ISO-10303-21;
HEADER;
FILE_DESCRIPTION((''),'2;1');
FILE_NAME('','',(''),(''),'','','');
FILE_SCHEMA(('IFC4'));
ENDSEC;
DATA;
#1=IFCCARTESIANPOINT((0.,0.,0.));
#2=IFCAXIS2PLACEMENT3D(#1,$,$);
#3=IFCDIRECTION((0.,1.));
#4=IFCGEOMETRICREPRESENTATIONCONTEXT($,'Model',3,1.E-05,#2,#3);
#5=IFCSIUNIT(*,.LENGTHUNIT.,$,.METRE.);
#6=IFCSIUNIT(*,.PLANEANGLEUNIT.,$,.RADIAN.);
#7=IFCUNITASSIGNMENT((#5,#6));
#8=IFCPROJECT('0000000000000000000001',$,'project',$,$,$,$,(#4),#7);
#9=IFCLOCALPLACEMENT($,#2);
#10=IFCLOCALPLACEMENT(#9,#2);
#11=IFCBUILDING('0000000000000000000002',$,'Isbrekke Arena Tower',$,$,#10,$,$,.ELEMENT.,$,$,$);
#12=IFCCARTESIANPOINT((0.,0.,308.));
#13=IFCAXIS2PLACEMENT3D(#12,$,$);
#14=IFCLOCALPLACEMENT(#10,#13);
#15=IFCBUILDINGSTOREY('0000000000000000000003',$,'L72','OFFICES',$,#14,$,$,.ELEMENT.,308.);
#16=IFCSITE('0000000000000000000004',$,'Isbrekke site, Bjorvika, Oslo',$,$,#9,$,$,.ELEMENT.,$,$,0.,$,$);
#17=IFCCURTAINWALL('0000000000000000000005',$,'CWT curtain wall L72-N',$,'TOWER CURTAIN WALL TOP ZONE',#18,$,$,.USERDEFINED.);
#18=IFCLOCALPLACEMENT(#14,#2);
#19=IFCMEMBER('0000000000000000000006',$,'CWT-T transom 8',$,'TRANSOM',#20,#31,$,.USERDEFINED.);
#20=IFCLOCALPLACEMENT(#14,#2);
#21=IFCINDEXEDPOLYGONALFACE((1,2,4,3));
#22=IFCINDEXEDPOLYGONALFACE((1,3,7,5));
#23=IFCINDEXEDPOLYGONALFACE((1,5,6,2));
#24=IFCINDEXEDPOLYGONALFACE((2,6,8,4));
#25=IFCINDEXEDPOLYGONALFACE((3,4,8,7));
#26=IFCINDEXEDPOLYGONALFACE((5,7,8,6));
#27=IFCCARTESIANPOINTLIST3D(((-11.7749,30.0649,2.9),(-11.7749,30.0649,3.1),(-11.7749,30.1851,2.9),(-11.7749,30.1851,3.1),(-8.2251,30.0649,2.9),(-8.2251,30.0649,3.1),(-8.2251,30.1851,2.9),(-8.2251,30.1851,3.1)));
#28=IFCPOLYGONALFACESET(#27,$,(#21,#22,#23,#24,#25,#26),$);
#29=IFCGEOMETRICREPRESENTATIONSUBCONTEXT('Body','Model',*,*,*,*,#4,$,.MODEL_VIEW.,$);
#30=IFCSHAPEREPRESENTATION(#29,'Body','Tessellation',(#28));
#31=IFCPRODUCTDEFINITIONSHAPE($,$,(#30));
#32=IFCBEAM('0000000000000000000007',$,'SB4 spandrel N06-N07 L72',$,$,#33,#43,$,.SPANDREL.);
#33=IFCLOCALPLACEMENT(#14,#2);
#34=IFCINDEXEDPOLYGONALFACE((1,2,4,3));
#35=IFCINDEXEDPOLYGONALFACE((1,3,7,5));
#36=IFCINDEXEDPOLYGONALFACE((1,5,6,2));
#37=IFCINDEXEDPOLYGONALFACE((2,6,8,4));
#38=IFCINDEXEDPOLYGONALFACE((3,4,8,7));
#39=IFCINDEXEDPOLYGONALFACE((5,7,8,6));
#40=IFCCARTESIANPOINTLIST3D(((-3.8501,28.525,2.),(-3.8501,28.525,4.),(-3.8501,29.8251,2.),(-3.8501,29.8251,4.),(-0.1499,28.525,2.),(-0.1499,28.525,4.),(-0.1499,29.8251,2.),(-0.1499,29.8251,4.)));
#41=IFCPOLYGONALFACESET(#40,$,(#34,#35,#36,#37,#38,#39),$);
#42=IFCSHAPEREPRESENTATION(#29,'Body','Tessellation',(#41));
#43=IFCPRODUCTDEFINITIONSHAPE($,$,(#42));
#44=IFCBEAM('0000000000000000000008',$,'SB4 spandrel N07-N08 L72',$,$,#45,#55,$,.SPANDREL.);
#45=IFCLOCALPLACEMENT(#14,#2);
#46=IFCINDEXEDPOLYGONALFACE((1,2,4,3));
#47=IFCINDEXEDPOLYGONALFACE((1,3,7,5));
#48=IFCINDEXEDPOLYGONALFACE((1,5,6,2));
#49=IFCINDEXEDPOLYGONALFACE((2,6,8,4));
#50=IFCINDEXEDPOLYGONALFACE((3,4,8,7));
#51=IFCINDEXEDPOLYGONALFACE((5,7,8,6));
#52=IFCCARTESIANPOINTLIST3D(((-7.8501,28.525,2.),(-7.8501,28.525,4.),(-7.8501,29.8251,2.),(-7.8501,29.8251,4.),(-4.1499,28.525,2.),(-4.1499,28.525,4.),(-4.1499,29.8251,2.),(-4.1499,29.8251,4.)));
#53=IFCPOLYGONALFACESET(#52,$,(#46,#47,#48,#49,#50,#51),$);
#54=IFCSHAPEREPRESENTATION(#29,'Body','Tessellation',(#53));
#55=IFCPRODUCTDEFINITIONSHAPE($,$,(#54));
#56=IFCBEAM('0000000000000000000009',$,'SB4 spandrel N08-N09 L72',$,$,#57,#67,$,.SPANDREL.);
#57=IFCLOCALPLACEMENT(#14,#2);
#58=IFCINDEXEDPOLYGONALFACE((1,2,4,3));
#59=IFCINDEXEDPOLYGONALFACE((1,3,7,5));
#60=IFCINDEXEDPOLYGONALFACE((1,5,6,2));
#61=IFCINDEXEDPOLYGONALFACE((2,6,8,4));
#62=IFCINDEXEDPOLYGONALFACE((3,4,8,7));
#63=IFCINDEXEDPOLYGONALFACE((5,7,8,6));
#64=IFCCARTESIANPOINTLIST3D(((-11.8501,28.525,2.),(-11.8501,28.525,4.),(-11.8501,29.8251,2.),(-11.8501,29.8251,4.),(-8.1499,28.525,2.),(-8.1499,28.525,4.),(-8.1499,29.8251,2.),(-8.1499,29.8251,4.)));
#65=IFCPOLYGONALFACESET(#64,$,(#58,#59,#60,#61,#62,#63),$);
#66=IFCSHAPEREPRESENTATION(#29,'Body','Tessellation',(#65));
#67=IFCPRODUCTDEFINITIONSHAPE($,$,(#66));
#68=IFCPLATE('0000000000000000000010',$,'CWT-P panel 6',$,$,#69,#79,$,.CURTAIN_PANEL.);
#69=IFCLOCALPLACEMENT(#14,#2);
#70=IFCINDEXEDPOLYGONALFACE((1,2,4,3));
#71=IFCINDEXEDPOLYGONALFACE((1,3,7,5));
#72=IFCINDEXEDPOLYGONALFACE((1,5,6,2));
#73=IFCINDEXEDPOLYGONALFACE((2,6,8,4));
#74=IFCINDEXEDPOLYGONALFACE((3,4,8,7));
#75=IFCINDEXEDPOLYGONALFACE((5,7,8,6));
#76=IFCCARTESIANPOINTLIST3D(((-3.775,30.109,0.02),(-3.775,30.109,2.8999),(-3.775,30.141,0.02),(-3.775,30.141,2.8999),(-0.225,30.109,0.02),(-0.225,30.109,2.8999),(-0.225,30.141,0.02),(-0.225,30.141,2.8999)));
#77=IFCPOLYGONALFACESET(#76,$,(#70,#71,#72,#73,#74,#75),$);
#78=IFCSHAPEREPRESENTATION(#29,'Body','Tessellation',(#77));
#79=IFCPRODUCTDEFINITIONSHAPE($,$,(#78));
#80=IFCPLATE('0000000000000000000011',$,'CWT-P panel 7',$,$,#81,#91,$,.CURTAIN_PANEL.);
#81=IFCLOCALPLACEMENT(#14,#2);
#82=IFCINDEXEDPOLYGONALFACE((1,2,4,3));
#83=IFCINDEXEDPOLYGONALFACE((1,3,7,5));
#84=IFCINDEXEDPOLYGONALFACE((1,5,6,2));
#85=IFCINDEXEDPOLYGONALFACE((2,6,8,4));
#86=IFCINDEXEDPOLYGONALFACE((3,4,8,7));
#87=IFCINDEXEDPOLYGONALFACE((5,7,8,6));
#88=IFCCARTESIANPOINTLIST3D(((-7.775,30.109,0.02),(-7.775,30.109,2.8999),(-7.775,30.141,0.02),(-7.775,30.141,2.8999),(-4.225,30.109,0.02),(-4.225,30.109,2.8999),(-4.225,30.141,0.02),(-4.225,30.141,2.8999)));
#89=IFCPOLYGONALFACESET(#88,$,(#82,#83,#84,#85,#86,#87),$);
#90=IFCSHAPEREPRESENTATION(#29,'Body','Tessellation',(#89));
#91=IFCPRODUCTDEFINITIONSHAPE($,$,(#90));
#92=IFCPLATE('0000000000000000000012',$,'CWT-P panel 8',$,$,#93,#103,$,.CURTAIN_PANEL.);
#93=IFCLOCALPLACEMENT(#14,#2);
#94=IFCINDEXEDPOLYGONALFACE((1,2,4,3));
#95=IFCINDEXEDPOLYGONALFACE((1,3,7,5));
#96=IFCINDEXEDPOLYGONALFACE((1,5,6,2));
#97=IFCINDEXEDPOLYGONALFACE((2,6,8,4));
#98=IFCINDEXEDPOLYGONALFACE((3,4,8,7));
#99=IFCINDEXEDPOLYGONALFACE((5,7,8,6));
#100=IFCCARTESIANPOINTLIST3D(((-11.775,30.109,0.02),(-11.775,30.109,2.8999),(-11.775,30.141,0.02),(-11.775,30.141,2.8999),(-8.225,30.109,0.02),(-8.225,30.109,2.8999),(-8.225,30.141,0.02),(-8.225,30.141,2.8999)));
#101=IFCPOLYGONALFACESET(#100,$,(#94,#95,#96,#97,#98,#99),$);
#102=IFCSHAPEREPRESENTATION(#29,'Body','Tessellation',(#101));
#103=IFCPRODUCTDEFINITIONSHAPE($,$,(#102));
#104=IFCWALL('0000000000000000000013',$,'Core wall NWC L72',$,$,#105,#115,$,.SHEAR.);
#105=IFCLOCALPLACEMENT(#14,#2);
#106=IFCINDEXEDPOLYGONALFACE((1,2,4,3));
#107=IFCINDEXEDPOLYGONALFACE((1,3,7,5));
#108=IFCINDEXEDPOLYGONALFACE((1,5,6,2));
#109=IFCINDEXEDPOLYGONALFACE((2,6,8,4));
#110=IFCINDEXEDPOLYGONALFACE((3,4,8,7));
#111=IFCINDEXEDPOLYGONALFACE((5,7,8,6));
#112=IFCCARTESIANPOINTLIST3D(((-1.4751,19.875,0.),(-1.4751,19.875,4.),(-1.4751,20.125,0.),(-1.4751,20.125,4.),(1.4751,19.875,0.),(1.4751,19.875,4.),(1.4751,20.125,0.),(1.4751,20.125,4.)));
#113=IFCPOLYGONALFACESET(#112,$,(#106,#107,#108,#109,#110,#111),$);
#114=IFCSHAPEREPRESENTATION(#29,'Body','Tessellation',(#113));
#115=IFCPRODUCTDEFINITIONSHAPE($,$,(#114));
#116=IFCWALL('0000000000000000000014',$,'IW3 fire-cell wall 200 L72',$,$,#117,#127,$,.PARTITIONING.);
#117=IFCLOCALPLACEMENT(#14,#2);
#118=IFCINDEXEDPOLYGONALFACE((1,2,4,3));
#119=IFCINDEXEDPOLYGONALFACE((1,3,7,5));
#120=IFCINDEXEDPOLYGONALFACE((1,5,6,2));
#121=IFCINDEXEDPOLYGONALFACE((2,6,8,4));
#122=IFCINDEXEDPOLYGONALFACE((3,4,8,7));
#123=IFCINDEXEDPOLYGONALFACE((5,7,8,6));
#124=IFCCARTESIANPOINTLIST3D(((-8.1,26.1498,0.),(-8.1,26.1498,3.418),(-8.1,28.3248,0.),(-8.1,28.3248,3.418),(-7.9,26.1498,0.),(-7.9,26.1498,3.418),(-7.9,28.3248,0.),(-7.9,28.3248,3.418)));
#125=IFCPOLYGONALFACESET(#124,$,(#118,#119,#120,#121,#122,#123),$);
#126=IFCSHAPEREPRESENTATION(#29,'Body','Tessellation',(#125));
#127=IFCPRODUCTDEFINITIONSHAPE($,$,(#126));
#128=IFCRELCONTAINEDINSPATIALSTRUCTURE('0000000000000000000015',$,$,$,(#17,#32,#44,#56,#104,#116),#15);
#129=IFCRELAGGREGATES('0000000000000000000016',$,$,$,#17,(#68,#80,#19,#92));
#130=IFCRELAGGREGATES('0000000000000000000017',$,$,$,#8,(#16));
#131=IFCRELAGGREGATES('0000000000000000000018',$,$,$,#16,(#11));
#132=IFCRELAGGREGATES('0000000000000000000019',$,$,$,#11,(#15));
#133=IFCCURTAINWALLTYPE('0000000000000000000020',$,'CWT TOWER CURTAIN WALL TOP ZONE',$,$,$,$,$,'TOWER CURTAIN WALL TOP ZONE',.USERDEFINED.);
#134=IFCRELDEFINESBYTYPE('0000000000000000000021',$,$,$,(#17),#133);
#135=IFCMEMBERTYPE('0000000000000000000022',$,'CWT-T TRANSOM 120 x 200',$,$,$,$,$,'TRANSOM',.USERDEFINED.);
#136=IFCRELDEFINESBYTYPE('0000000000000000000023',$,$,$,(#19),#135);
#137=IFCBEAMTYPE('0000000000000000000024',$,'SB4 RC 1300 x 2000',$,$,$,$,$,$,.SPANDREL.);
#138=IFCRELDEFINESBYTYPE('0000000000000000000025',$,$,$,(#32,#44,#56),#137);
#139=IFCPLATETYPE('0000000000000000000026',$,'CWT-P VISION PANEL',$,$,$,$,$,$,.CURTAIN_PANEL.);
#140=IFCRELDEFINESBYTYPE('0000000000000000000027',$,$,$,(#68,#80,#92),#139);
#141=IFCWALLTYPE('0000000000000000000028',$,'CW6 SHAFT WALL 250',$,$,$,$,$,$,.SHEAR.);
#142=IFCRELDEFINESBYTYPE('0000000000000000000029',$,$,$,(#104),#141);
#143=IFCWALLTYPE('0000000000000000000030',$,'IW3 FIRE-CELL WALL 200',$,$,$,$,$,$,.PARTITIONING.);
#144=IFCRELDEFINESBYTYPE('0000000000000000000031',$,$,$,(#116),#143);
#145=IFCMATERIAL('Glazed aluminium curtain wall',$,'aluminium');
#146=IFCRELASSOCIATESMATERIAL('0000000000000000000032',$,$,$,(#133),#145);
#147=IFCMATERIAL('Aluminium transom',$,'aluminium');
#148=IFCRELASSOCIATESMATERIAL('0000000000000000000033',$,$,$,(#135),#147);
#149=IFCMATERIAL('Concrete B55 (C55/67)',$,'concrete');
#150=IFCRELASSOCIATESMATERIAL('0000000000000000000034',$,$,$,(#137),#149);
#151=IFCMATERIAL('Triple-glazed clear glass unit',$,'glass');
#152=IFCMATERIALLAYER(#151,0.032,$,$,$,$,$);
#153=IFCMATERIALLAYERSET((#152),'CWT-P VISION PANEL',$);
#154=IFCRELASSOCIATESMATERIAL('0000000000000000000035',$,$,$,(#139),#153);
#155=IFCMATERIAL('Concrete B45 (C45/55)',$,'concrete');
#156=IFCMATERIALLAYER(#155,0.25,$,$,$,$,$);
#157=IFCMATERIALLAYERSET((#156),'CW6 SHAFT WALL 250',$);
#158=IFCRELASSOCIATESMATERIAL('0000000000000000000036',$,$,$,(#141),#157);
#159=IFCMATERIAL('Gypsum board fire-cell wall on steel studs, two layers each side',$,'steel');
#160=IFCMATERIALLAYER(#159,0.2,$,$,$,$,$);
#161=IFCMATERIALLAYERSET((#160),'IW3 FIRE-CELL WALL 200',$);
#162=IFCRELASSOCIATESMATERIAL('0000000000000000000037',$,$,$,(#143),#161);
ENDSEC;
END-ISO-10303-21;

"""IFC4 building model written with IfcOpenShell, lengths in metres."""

from ifc_helpers import new_model, si_unit, direction, frame, frame_2d, origin, origin_2d, place, context, subcontext, project, spatial, rectangle, extrude, material, layer, layer_set, material_profile, profile_set, type_object, element, aggregate, save


model = new_model("IFC4")

# Units and contexts
model_context = context("Model", 3, precision=1e-05, world=origin(), true_north=direction((0.0, 1.0)))
body_context = subcontext(model_context, "Body", "Model", "MODEL_VIEW")
ifc_project = project(units=[si_unit("LENGTHUNIT", "METRE"), si_unit("PLANEANGLEUNIT", "RADIAN")], contexts=[model_context])

# Site, building, storey
site_placement = place(None, origin())
site = spatial("IfcSite", under=ifc_project, at=site_placement, Name="Isbrekke site, Bjorvika, Oslo", CompositionType="ELEMENT", RefElevation=0.0)
building_placement = place(site_placement, origin())
building = spatial("IfcBuilding", under=site, at=building_placement, Name="Isbrekke Arena Tower", CompositionType="ELEMENT")
storey_placement = place(building_placement, frame((0.0, 0.0, 308.0)))
storey = spatial("IfcBuildingStorey", under=building, at=storey_placement, Name="L72", Description="OFFICES", CompositionType="ELEMENT", Elevation=308.0)

# Curtain wall, member
ifc_material_1 = material(Name="Glazed aluminium curtain wall", Category="aluminium")
curtain_wall_type = type_object("IfcCurtainWallType", Name="CWT TOWER CURTAIN WALL TOP ZONE", ElementType="TOWER CURTAIN WALL TOP ZONE", PredefinedType="USERDEFINED", material=ifc_material_1)
curtain_wall_placement = place(storey_placement, origin())
curtain_wall = element("IfcCurtainWall", 1, at=curtain_wall_placement, inside=storey, type_object=curtain_wall_type, Name="CWT curtain wall L72-N", ObjectType="TOWER CURTAIN WALL TOP ZONE", PredefinedType="USERDEFINED")
ifc_material_2 = material(Name="Aluminium transom", Category="aluminium")
ifc_material_profile_1 = material_profile(ifc_material_2, rectangle(XDim=0.1201, YDim=0.2, at=origin_2d()), Name="TRANSOM 120X200")
ifc_profile_set_1 = profile_set([ifc_material_profile_1], Name="Aluminium transom")
member_type_1 = type_object("IfcMemberType", Name="CWT-T TRANSOM 120 x 200", ElementType="TRANSOM", PredefinedType="USERDEFINED", material=ifc_profile_set_1)
member_1_placement = place(storey_placement, frame((-8.2251, 30.125, 3.0), z_axis=(-1.0, 0.0, 0.0), x_axis=(0.0, -1.0, 0.0)))
member_1 = element("IfcMember", 2, at=member_1_placement, type_object=member_type_1, Name="CWT-T transom 8", ObjectType="TRANSOM", PredefinedType="USERDEFINED", context=body_context, shape_type="SweptSolid", body=[
    extrude(rectangle(XDim=0.1201, YDim=0.2, at=origin_2d()), origin(), (0.0, 0.0, 1.0), 3.5498),
])

# Beams
ifc_material_3 = material(Name="Concrete B55 (C55/67)", Category="concrete")
ifc_material_profile_2 = material_profile(ifc_material_3, rectangle(XDim=1.3, YDim=2.0, at=origin_2d()), Name="RC 1300x2000")
ifc_profile_set_2 = profile_set([ifc_material_profile_2], Name="Concrete B55 (C55/67)")
beam_type_1 = type_object("IfcBeamType", Name="SB4 RC 1300 x 2000", PredefinedType="SPANDREL", material=ifc_profile_set_2)
for number, where, z_axis, x_axis, name in (
    (3, (-0.1499, 29.175, 3.0), (-1.0, 0.0, 0.0), (0.0, -1.0, 0.0), "SB4 spandrel N06-N07 L72"),
    (4, (-4.1499, 29.175, 3.0), (-1.0, 0.0, 0.0), (0.0, -1.0, 0.0), "SB4 spandrel N07-N08 L72"),
    (5, (-8.1499, 29.175, 3.0), (-1.0, 0.0, 0.0), (0.0, -1.0, 0.0), "SB4 spandrel N08-N09 L72"),
):
    element("IfcBeam", number, at=place(storey_placement, frame(where, z_axis=z_axis, x_axis=x_axis)), inside=storey, type_object=beam_type_1, Name=name, PredefinedType="SPANDREL", context=body_context, shape_type="SweptSolid", body=[
        extrude(rectangle(XDim=1.3, YDim=2.0, at=origin_2d()), origin(), (0.0, 0.0, 1.0), 3.7002),
    ])

# Plates
ifc_material_4 = material(Name="Triple-glazed clear glass unit", Category="glass")
ifc_layer_1 = layer(ifc_material_4, 0.032)
ifc_layer_set_1 = layer_set([ifc_layer_1], Name="CWT-P VISION PANEL")
plate_type = type_object("IfcPlateType", Name="CWT-P VISION PANEL", PredefinedType="CURTAIN_PANEL", material=ifc_layer_set_1)
plate_1_placement = place(storey_placement, frame((-2.0, 30.125, 0.02), z_axis=(0.0, 0.0, 1.0), x_axis=(-1.0, 0.0, 0.0)))
plate_1 = element("IfcPlate", 6, at=plate_1_placement, type_object=plate_type, Name="CWT-P panel 6", PredefinedType="CURTAIN_PANEL", context=body_context, shape_type="SweptSolid", body=[
    extrude(rectangle(XDim=3.55, YDim=0.032, at=origin_2d()), origin(), (0.0, 0.0, 1.0), 2.8799),
])
plate_2_placement = place(storey_placement, frame((-6.0, 30.125, 0.02), z_axis=(0.0, 0.0, 1.0), x_axis=(-1.0, 0.0, 0.0)))
plate_2 = element("IfcPlate", 7, at=plate_2_placement, type_object=plate_type, Name="CWT-P panel 7", PredefinedType="CURTAIN_PANEL", context=body_context, shape_type="SweptSolid", body=[
    extrude(rectangle(XDim=3.55, YDim=0.032, at=origin_2d()), origin(), (0.0, 0.0, 1.0), 2.8799),
])
plate_3_placement = place(storey_placement, frame((-10.0, 30.125, 0.02), z_axis=(0.0, 0.0, 1.0), x_axis=(-1.0, 0.0, 0.0)))
plate_3 = element("IfcPlate", 8, at=plate_3_placement, type_object=plate_type, Name="CWT-P panel 8", PredefinedType="CURTAIN_PANEL", context=body_context, shape_type="SweptSolid", body=[
    extrude(rectangle(XDim=3.55, YDim=0.032, at=origin_2d()), origin(), (0.0, 0.0, 1.0), 2.8799),
])
aggregate(curtain_wall, [plate_1, plate_2, member_1, plate_3])

# Walls
ifc_material_5 = material(Name="Concrete B45 (C45/55)", Category="concrete")
ifc_layer_2 = layer(ifc_material_5, 0.25)
ifc_layer_set_2 = layer_set([ifc_layer_2], Name="CW6 SHAFT WALL 250")
wall_type_1 = type_object("IfcWallType", Name="CW6 SHAFT WALL 250", PredefinedType="SHEAR", material=ifc_layer_set_2)
wall_1_placement = place(storey_placement, frame((-1.4751, 20.0, 0.0), z_axis=(0.0, 0.0, 1.0), x_axis=(1.0, 0.0, 0.0)))
element("IfcWall", 9, at=wall_1_placement, inside=storey, type_object=wall_type_1, Name="Core wall NWC L72", PredefinedType="SHEAR", context=body_context, shape_type="SweptSolid", body=[
    extrude(rectangle(XDim=2.9502, YDim=0.25, at=frame_2d((1.4751, 0.0))), origin(), (0.0, 0.0, 1.0), 4.0),
])
ifc_material_6 = material(Name="Gypsum board fire-cell wall on steel studs, two layers each side", Category="steel")
ifc_layer_3 = layer(ifc_material_6, 0.2)
ifc_layer_set_3 = layer_set([ifc_layer_3], Name="IW3 FIRE-CELL WALL 200")
wall_type_2 = type_object("IfcWallType", Name="IW3 FIRE-CELL WALL 200", PredefinedType="PARTITIONING", material=ifc_layer_set_3)
wall_2_placement = place(storey_placement, frame((-8.0, 26.1499, 0.0), z_axis=(0.0, 0.0, 1.0), x_axis=(0.0, 1.0, 0.0)))
element("IfcWall", 10, at=wall_2_placement, inside=storey, type_object=wall_type_2, Name="IW3 fire-cell wall 200 L72", PredefinedType="PARTITIONING", context=body_context, shape_type="SweptSolid", body=[
    extrude(rectangle(XDim=2.175, YDim=0.2, at=frame_2d((1.0874, 0.0))), origin(), (0.0, 0.0, 1.0), 3.418),
])

save(model, "model.ifc")
